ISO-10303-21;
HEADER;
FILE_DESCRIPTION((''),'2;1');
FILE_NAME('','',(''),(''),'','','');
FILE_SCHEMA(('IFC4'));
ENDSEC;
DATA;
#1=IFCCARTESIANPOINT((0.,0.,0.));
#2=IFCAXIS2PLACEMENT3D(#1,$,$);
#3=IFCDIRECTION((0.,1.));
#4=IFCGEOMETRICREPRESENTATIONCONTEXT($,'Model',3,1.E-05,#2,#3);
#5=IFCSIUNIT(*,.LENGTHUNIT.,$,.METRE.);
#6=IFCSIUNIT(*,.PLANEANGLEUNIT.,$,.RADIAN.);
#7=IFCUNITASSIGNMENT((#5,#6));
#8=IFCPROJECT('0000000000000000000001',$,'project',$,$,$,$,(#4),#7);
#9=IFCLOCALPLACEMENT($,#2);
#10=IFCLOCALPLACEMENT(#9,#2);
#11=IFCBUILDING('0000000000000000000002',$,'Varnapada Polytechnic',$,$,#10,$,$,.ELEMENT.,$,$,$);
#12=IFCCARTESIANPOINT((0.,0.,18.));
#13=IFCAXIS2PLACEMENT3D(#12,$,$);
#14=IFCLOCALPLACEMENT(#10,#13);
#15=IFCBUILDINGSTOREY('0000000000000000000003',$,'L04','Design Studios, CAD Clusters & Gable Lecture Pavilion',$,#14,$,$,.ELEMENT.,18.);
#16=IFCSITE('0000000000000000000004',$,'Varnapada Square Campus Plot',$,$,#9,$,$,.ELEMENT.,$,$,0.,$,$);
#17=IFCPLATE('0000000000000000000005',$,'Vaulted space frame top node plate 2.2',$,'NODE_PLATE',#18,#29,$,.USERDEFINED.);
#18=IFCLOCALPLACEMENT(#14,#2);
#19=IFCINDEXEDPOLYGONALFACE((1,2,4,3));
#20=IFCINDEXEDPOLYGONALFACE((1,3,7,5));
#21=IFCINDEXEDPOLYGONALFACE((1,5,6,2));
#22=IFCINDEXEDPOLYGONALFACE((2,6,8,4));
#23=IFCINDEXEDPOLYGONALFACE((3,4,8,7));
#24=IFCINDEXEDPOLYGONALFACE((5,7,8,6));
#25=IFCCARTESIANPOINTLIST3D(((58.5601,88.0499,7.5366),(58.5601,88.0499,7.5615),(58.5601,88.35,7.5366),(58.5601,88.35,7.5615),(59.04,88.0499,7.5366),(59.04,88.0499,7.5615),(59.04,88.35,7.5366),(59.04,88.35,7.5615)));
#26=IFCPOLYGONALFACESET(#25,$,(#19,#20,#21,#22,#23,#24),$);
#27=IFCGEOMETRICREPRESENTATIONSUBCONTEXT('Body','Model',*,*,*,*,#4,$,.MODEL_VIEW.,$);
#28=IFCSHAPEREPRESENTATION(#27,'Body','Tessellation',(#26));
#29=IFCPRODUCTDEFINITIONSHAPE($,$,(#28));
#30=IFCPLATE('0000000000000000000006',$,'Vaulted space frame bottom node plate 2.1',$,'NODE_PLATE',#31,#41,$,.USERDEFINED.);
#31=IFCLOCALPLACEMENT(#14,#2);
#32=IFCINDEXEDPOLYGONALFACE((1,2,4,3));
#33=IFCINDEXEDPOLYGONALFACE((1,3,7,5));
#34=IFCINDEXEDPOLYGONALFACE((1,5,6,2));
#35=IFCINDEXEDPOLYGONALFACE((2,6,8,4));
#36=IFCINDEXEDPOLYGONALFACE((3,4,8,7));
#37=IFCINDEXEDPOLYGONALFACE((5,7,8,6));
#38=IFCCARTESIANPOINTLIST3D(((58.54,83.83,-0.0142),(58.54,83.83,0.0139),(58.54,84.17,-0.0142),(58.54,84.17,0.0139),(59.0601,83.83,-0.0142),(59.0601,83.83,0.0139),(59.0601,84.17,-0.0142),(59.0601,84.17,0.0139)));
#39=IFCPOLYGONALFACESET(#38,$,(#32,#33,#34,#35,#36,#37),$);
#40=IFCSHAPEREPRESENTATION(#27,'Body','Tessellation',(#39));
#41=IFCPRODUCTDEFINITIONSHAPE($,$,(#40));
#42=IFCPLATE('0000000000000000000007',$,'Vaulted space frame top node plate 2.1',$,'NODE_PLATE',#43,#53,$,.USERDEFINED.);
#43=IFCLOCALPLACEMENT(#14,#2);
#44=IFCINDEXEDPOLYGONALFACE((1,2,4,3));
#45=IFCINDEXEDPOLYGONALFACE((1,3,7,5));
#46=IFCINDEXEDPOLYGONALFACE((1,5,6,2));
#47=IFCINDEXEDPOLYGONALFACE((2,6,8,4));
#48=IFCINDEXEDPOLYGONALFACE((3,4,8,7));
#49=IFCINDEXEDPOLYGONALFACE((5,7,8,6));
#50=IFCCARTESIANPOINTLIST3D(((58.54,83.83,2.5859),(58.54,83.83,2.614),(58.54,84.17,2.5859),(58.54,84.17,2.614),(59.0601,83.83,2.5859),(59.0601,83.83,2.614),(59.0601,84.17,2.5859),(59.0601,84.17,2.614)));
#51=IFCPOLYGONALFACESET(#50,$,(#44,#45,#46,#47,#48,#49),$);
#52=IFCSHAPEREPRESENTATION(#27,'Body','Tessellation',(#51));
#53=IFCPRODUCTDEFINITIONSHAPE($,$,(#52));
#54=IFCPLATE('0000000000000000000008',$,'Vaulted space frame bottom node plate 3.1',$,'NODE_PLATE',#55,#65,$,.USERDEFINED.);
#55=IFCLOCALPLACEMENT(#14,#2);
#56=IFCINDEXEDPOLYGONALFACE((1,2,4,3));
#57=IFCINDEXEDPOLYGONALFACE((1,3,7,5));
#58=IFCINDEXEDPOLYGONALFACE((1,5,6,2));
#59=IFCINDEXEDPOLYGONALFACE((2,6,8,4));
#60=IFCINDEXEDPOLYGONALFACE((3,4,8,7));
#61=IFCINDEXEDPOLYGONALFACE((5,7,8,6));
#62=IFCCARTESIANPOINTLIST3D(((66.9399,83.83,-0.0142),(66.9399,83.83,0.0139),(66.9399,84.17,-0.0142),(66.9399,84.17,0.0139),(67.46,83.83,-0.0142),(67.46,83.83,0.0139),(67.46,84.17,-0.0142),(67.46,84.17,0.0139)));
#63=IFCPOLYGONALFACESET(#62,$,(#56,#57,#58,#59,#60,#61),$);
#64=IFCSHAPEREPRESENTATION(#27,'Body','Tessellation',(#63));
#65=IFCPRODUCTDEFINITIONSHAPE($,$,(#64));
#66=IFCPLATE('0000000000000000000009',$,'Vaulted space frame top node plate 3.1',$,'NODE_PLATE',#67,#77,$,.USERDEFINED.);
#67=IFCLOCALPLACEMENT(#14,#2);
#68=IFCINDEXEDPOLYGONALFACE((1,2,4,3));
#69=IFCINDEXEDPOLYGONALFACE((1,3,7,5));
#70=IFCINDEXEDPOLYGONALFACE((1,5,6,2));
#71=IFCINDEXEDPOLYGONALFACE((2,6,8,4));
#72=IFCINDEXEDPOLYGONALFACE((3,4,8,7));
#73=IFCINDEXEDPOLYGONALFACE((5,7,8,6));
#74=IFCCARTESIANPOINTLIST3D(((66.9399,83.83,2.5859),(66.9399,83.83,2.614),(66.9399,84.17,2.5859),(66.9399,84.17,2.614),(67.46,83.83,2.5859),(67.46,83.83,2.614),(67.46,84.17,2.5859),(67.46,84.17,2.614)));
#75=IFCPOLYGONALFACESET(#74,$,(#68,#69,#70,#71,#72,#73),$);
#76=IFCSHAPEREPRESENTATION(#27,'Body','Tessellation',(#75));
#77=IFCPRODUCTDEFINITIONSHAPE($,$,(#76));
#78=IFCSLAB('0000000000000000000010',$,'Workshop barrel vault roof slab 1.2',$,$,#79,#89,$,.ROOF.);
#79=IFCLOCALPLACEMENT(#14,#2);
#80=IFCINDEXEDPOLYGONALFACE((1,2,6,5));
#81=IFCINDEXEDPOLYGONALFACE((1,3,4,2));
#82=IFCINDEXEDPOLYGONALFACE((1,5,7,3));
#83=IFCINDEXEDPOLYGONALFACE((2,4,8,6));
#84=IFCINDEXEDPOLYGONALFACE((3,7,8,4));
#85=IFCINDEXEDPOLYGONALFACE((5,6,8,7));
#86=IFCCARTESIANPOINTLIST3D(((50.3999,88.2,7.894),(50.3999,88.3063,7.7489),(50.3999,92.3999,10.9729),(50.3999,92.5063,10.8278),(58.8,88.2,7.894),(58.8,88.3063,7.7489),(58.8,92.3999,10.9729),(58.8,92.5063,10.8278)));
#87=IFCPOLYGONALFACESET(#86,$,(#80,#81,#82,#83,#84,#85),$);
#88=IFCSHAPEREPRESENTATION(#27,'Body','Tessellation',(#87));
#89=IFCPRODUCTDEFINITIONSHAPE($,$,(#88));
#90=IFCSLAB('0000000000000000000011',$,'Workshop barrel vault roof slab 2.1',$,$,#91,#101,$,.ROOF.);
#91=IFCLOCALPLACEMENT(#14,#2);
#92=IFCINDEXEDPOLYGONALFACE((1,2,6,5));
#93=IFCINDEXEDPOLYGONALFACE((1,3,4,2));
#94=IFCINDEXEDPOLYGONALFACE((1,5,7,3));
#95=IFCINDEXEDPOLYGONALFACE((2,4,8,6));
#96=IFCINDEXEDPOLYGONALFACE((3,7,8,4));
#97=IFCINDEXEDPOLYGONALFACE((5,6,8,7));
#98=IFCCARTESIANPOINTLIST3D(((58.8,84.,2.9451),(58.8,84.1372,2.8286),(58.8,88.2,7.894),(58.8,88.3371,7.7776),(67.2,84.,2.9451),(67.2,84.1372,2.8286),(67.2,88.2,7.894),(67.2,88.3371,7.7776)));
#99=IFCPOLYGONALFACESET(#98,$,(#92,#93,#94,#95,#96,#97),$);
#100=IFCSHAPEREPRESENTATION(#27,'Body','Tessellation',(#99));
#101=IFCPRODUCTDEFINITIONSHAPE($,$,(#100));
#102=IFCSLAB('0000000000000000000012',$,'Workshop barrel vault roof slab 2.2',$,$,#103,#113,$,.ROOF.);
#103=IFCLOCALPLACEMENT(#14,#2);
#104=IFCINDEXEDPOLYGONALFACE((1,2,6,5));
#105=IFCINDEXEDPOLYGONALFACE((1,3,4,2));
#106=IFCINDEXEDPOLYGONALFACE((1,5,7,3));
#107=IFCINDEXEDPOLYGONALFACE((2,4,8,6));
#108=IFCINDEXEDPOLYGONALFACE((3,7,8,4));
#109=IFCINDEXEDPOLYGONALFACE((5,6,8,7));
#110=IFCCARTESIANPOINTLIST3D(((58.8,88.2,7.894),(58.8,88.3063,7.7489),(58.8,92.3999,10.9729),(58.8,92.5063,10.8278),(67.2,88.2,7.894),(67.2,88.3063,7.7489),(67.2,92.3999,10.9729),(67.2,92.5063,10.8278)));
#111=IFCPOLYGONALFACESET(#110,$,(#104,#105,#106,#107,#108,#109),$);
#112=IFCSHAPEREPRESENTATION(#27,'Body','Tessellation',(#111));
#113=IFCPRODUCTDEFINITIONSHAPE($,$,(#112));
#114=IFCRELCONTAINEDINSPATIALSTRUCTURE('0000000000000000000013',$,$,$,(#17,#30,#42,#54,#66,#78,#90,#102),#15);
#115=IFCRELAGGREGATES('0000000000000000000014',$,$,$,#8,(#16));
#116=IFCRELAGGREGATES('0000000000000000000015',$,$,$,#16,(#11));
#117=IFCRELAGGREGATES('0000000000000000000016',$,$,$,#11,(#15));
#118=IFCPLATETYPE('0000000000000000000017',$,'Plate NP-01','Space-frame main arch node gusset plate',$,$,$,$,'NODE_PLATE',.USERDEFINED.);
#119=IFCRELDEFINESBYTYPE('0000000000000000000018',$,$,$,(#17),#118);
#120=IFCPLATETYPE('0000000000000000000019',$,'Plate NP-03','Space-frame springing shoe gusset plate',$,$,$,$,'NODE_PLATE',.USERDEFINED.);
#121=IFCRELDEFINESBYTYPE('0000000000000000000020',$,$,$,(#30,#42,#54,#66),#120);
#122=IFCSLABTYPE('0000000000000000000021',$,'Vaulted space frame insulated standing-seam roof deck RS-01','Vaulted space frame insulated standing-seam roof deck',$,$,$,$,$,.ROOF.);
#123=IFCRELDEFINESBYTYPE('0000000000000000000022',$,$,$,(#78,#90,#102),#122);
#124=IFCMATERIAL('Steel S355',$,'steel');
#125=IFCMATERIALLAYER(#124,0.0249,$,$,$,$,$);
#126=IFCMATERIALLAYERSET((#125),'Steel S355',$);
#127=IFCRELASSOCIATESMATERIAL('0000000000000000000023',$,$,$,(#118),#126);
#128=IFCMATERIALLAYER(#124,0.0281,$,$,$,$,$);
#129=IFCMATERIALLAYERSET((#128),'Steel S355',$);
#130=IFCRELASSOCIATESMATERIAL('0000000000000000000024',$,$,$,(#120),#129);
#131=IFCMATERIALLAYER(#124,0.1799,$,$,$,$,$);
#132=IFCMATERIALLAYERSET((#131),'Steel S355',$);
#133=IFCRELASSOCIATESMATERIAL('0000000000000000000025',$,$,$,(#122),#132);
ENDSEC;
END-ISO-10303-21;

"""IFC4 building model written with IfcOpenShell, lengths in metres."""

from ifc_helpers import new_model, si_unit, direction, frame, origin, origin_2d, place, context, subcontext, project, spatial, polyline, rectangle, outline, extrude, material, layer, layer_set, type_object, element, save


model = new_model("IFC4")

# Units and contexts
model_context = context("Model", 3, precision=1e-05, world=origin(), true_north=direction((0.0, 1.0)))
body_context = subcontext(model_context, "Body", "Model", "MODEL_VIEW")
ifc_project = project(units=[si_unit("LENGTHUNIT", "METRE"), si_unit("PLANEANGLEUNIT", "RADIAN")], contexts=[model_context])

# Site, building, storey
site_placement = place(None, origin())
site = spatial("IfcSite", under=ifc_project, at=site_placement, Name="Varnapada Square Campus Plot", CompositionType="ELEMENT", RefElevation=0.0)
building_placement = place(site_placement, origin())
building = spatial("IfcBuilding", under=site, at=building_placement, Name="Varnapada Polytechnic", CompositionType="ELEMENT")
storey_placement = place(building_placement, frame((0.0, 0.0, 18.0)))
storey = spatial("IfcBuildingStorey", under=building, at=storey_placement, Name="L04", Description="Design Studios, CAD Clusters & Gable Lecture Pavilion", CompositionType="ELEMENT", Elevation=18.0)

# Shared definitions
ifc_material = material(Name="Steel S355", Category="steel")

# Plates
ifc_layer_1 = layer(ifc_material, 0.0249)
ifc_layer_set_1 = layer_set([ifc_layer_1], Name="Steel S355")
plate_type_1 = type_object("IfcPlateType", Name="Plate NP-01", Description="Space-frame main arch node gusset plate", ElementType="NODE_PLATE", PredefinedType="USERDEFINED", material=ifc_layer_set_1)
for number, where, z_axis, x_axis, name in (
    (1, (58.8, 88.2, 7.5366), (0.0, 0.0, 1.0), (1.0, 0.0, 0.0), "Vaulted space frame top node plate 2.2"),
):
    element("IfcPlate", number, at=place(storey_placement, frame(where, z_axis=z_axis, x_axis=x_axis)), inside=storey, type_object=plate_type_1, Name=name, ObjectType="NODE_PLATE", PredefinedType="USERDEFINED", context=body_context, shape_type="SweptSolid", body=[
        extrude(rectangle(XDim=0.48, YDim=0.3, at=origin_2d()), origin(), (0.0, 0.0, 1.0), 0.0249),
    ])
ifc_layer_2 = layer(ifc_material, 0.0281)
ifc_layer_set_2 = layer_set([ifc_layer_2], Name="Steel S355")
plate_type_2 = type_object("IfcPlateType", Name="Plate NP-03", Description="Space-frame springing shoe gusset plate", ElementType="NODE_PLATE", PredefinedType="USERDEFINED", material=ifc_layer_set_2)
for number, where, z_axis, x_axis, name in (
    (2, (58.8, 84.0, -0.0142), (0.0, 0.0, 1.0), (1.0, 0.0, 0.0), "Vaulted space frame bottom node plate 2.1"),
    (3, (58.8, 84.0, 2.5859), (0.0, 0.0, 1.0), (1.0, 0.0, 0.0), "Vaulted space frame top node plate 2.1"),
    (4, (67.2, 84.0, -0.0142), (0.0, 0.0, 1.0), (1.0, 0.0, 0.0), "Vaulted space frame bottom node plate 3.1"),
    (5, (67.2, 84.0, 2.5859), (0.0, 0.0, 1.0), (1.0, 0.0, 0.0), "Vaulted space frame top node plate 3.1"),
):
    element("IfcPlate", number, at=place(storey_placement, frame(where, z_axis=z_axis, x_axis=x_axis)), inside=storey, type_object=plate_type_2, Name=name, ObjectType="NODE_PLATE", PredefinedType="USERDEFINED", context=body_context, shape_type="SweptSolid", body=[
        extrude(rectangle(XDim=0.52, YDim=0.3401, at=origin_2d()), origin(), (0.0, 0.0, 1.0), 0.0281),
    ])

# Slabs
ifc_layer_3 = layer(ifc_material, 0.1799)
ifc_layer_set_3 = layer_set([ifc_layer_3], Name="Steel S355")
slab_type = type_object("IfcSlabType", Name="Vaulted space frame insulated standing-seam roof deck RS-01", Description="Vaulted space frame insulated standing-seam roof deck", PredefinedType="ROOF", material=ifc_layer_set_3)
slab_1_placement = place(storey_placement, frame((50.3999, 88.2, 7.894), z_axis=(0.0, -0.591225, 0.806506), x_axis=(1.0, 0.0, 0.0)))
element("IfcSlab", 6, at=slab_1_placement, inside=storey, type_object=slab_type, Name="Workshop barrel vault roof slab 1.2", PredefinedType="ROOF", context=body_context, shape_type="SweptSolid", body=[
    extrude(outline(polyline([(0.0, 0.0), (8.4001, 0.0), (8.4001, 5.2076), (0.0, 5.2076), (0.0, 0.0)])), origin(), (0.0, 0.0, -1.0), 0.1799),
])
slab_2_placement = place(storey_placement, frame((58.8, 84.0, 2.9451), z_axis=(0.0, -0.762447, 0.647051), x_axis=(1.0, 0.0, 0.0)))
element("IfcSlab", 7, at=slab_2_placement, inside=storey, type_object=slab_type, Name="Workshop barrel vault roof slab 2.1", PredefinedType="ROOF", context=body_context, shape_type="SweptSolid", body=[
    extrude(outline(polyline([(0.0, 0.0), (8.3999, 0.0), (8.3999, 6.4909), (0.0, 6.4909), (0.0, 0.0)])), origin(), (0.0, 0.0, -1.0), 0.1799),
])
slab_3_placement = place(storey_placement, frame((58.8, 88.2, 7.894), z_axis=(0.0, -0.591225, 0.806506), x_axis=(1.0, 0.0, 0.0)))
element("IfcSlab", 8, at=slab_3_placement, inside=storey, type_object=slab_type, Name="Workshop barrel vault roof slab 2.2", PredefinedType="ROOF", context=body_context, shape_type="SweptSolid", body=[
    extrude(outline(polyline([(0.0, 0.0), (8.3999, 0.0), (8.3999, 5.2076), (0.0, 5.2076), (0.0, 0.0)])), origin(), (0.0, 0.0, -1.0), 0.1799),
])

save(model, "model.ifc")
